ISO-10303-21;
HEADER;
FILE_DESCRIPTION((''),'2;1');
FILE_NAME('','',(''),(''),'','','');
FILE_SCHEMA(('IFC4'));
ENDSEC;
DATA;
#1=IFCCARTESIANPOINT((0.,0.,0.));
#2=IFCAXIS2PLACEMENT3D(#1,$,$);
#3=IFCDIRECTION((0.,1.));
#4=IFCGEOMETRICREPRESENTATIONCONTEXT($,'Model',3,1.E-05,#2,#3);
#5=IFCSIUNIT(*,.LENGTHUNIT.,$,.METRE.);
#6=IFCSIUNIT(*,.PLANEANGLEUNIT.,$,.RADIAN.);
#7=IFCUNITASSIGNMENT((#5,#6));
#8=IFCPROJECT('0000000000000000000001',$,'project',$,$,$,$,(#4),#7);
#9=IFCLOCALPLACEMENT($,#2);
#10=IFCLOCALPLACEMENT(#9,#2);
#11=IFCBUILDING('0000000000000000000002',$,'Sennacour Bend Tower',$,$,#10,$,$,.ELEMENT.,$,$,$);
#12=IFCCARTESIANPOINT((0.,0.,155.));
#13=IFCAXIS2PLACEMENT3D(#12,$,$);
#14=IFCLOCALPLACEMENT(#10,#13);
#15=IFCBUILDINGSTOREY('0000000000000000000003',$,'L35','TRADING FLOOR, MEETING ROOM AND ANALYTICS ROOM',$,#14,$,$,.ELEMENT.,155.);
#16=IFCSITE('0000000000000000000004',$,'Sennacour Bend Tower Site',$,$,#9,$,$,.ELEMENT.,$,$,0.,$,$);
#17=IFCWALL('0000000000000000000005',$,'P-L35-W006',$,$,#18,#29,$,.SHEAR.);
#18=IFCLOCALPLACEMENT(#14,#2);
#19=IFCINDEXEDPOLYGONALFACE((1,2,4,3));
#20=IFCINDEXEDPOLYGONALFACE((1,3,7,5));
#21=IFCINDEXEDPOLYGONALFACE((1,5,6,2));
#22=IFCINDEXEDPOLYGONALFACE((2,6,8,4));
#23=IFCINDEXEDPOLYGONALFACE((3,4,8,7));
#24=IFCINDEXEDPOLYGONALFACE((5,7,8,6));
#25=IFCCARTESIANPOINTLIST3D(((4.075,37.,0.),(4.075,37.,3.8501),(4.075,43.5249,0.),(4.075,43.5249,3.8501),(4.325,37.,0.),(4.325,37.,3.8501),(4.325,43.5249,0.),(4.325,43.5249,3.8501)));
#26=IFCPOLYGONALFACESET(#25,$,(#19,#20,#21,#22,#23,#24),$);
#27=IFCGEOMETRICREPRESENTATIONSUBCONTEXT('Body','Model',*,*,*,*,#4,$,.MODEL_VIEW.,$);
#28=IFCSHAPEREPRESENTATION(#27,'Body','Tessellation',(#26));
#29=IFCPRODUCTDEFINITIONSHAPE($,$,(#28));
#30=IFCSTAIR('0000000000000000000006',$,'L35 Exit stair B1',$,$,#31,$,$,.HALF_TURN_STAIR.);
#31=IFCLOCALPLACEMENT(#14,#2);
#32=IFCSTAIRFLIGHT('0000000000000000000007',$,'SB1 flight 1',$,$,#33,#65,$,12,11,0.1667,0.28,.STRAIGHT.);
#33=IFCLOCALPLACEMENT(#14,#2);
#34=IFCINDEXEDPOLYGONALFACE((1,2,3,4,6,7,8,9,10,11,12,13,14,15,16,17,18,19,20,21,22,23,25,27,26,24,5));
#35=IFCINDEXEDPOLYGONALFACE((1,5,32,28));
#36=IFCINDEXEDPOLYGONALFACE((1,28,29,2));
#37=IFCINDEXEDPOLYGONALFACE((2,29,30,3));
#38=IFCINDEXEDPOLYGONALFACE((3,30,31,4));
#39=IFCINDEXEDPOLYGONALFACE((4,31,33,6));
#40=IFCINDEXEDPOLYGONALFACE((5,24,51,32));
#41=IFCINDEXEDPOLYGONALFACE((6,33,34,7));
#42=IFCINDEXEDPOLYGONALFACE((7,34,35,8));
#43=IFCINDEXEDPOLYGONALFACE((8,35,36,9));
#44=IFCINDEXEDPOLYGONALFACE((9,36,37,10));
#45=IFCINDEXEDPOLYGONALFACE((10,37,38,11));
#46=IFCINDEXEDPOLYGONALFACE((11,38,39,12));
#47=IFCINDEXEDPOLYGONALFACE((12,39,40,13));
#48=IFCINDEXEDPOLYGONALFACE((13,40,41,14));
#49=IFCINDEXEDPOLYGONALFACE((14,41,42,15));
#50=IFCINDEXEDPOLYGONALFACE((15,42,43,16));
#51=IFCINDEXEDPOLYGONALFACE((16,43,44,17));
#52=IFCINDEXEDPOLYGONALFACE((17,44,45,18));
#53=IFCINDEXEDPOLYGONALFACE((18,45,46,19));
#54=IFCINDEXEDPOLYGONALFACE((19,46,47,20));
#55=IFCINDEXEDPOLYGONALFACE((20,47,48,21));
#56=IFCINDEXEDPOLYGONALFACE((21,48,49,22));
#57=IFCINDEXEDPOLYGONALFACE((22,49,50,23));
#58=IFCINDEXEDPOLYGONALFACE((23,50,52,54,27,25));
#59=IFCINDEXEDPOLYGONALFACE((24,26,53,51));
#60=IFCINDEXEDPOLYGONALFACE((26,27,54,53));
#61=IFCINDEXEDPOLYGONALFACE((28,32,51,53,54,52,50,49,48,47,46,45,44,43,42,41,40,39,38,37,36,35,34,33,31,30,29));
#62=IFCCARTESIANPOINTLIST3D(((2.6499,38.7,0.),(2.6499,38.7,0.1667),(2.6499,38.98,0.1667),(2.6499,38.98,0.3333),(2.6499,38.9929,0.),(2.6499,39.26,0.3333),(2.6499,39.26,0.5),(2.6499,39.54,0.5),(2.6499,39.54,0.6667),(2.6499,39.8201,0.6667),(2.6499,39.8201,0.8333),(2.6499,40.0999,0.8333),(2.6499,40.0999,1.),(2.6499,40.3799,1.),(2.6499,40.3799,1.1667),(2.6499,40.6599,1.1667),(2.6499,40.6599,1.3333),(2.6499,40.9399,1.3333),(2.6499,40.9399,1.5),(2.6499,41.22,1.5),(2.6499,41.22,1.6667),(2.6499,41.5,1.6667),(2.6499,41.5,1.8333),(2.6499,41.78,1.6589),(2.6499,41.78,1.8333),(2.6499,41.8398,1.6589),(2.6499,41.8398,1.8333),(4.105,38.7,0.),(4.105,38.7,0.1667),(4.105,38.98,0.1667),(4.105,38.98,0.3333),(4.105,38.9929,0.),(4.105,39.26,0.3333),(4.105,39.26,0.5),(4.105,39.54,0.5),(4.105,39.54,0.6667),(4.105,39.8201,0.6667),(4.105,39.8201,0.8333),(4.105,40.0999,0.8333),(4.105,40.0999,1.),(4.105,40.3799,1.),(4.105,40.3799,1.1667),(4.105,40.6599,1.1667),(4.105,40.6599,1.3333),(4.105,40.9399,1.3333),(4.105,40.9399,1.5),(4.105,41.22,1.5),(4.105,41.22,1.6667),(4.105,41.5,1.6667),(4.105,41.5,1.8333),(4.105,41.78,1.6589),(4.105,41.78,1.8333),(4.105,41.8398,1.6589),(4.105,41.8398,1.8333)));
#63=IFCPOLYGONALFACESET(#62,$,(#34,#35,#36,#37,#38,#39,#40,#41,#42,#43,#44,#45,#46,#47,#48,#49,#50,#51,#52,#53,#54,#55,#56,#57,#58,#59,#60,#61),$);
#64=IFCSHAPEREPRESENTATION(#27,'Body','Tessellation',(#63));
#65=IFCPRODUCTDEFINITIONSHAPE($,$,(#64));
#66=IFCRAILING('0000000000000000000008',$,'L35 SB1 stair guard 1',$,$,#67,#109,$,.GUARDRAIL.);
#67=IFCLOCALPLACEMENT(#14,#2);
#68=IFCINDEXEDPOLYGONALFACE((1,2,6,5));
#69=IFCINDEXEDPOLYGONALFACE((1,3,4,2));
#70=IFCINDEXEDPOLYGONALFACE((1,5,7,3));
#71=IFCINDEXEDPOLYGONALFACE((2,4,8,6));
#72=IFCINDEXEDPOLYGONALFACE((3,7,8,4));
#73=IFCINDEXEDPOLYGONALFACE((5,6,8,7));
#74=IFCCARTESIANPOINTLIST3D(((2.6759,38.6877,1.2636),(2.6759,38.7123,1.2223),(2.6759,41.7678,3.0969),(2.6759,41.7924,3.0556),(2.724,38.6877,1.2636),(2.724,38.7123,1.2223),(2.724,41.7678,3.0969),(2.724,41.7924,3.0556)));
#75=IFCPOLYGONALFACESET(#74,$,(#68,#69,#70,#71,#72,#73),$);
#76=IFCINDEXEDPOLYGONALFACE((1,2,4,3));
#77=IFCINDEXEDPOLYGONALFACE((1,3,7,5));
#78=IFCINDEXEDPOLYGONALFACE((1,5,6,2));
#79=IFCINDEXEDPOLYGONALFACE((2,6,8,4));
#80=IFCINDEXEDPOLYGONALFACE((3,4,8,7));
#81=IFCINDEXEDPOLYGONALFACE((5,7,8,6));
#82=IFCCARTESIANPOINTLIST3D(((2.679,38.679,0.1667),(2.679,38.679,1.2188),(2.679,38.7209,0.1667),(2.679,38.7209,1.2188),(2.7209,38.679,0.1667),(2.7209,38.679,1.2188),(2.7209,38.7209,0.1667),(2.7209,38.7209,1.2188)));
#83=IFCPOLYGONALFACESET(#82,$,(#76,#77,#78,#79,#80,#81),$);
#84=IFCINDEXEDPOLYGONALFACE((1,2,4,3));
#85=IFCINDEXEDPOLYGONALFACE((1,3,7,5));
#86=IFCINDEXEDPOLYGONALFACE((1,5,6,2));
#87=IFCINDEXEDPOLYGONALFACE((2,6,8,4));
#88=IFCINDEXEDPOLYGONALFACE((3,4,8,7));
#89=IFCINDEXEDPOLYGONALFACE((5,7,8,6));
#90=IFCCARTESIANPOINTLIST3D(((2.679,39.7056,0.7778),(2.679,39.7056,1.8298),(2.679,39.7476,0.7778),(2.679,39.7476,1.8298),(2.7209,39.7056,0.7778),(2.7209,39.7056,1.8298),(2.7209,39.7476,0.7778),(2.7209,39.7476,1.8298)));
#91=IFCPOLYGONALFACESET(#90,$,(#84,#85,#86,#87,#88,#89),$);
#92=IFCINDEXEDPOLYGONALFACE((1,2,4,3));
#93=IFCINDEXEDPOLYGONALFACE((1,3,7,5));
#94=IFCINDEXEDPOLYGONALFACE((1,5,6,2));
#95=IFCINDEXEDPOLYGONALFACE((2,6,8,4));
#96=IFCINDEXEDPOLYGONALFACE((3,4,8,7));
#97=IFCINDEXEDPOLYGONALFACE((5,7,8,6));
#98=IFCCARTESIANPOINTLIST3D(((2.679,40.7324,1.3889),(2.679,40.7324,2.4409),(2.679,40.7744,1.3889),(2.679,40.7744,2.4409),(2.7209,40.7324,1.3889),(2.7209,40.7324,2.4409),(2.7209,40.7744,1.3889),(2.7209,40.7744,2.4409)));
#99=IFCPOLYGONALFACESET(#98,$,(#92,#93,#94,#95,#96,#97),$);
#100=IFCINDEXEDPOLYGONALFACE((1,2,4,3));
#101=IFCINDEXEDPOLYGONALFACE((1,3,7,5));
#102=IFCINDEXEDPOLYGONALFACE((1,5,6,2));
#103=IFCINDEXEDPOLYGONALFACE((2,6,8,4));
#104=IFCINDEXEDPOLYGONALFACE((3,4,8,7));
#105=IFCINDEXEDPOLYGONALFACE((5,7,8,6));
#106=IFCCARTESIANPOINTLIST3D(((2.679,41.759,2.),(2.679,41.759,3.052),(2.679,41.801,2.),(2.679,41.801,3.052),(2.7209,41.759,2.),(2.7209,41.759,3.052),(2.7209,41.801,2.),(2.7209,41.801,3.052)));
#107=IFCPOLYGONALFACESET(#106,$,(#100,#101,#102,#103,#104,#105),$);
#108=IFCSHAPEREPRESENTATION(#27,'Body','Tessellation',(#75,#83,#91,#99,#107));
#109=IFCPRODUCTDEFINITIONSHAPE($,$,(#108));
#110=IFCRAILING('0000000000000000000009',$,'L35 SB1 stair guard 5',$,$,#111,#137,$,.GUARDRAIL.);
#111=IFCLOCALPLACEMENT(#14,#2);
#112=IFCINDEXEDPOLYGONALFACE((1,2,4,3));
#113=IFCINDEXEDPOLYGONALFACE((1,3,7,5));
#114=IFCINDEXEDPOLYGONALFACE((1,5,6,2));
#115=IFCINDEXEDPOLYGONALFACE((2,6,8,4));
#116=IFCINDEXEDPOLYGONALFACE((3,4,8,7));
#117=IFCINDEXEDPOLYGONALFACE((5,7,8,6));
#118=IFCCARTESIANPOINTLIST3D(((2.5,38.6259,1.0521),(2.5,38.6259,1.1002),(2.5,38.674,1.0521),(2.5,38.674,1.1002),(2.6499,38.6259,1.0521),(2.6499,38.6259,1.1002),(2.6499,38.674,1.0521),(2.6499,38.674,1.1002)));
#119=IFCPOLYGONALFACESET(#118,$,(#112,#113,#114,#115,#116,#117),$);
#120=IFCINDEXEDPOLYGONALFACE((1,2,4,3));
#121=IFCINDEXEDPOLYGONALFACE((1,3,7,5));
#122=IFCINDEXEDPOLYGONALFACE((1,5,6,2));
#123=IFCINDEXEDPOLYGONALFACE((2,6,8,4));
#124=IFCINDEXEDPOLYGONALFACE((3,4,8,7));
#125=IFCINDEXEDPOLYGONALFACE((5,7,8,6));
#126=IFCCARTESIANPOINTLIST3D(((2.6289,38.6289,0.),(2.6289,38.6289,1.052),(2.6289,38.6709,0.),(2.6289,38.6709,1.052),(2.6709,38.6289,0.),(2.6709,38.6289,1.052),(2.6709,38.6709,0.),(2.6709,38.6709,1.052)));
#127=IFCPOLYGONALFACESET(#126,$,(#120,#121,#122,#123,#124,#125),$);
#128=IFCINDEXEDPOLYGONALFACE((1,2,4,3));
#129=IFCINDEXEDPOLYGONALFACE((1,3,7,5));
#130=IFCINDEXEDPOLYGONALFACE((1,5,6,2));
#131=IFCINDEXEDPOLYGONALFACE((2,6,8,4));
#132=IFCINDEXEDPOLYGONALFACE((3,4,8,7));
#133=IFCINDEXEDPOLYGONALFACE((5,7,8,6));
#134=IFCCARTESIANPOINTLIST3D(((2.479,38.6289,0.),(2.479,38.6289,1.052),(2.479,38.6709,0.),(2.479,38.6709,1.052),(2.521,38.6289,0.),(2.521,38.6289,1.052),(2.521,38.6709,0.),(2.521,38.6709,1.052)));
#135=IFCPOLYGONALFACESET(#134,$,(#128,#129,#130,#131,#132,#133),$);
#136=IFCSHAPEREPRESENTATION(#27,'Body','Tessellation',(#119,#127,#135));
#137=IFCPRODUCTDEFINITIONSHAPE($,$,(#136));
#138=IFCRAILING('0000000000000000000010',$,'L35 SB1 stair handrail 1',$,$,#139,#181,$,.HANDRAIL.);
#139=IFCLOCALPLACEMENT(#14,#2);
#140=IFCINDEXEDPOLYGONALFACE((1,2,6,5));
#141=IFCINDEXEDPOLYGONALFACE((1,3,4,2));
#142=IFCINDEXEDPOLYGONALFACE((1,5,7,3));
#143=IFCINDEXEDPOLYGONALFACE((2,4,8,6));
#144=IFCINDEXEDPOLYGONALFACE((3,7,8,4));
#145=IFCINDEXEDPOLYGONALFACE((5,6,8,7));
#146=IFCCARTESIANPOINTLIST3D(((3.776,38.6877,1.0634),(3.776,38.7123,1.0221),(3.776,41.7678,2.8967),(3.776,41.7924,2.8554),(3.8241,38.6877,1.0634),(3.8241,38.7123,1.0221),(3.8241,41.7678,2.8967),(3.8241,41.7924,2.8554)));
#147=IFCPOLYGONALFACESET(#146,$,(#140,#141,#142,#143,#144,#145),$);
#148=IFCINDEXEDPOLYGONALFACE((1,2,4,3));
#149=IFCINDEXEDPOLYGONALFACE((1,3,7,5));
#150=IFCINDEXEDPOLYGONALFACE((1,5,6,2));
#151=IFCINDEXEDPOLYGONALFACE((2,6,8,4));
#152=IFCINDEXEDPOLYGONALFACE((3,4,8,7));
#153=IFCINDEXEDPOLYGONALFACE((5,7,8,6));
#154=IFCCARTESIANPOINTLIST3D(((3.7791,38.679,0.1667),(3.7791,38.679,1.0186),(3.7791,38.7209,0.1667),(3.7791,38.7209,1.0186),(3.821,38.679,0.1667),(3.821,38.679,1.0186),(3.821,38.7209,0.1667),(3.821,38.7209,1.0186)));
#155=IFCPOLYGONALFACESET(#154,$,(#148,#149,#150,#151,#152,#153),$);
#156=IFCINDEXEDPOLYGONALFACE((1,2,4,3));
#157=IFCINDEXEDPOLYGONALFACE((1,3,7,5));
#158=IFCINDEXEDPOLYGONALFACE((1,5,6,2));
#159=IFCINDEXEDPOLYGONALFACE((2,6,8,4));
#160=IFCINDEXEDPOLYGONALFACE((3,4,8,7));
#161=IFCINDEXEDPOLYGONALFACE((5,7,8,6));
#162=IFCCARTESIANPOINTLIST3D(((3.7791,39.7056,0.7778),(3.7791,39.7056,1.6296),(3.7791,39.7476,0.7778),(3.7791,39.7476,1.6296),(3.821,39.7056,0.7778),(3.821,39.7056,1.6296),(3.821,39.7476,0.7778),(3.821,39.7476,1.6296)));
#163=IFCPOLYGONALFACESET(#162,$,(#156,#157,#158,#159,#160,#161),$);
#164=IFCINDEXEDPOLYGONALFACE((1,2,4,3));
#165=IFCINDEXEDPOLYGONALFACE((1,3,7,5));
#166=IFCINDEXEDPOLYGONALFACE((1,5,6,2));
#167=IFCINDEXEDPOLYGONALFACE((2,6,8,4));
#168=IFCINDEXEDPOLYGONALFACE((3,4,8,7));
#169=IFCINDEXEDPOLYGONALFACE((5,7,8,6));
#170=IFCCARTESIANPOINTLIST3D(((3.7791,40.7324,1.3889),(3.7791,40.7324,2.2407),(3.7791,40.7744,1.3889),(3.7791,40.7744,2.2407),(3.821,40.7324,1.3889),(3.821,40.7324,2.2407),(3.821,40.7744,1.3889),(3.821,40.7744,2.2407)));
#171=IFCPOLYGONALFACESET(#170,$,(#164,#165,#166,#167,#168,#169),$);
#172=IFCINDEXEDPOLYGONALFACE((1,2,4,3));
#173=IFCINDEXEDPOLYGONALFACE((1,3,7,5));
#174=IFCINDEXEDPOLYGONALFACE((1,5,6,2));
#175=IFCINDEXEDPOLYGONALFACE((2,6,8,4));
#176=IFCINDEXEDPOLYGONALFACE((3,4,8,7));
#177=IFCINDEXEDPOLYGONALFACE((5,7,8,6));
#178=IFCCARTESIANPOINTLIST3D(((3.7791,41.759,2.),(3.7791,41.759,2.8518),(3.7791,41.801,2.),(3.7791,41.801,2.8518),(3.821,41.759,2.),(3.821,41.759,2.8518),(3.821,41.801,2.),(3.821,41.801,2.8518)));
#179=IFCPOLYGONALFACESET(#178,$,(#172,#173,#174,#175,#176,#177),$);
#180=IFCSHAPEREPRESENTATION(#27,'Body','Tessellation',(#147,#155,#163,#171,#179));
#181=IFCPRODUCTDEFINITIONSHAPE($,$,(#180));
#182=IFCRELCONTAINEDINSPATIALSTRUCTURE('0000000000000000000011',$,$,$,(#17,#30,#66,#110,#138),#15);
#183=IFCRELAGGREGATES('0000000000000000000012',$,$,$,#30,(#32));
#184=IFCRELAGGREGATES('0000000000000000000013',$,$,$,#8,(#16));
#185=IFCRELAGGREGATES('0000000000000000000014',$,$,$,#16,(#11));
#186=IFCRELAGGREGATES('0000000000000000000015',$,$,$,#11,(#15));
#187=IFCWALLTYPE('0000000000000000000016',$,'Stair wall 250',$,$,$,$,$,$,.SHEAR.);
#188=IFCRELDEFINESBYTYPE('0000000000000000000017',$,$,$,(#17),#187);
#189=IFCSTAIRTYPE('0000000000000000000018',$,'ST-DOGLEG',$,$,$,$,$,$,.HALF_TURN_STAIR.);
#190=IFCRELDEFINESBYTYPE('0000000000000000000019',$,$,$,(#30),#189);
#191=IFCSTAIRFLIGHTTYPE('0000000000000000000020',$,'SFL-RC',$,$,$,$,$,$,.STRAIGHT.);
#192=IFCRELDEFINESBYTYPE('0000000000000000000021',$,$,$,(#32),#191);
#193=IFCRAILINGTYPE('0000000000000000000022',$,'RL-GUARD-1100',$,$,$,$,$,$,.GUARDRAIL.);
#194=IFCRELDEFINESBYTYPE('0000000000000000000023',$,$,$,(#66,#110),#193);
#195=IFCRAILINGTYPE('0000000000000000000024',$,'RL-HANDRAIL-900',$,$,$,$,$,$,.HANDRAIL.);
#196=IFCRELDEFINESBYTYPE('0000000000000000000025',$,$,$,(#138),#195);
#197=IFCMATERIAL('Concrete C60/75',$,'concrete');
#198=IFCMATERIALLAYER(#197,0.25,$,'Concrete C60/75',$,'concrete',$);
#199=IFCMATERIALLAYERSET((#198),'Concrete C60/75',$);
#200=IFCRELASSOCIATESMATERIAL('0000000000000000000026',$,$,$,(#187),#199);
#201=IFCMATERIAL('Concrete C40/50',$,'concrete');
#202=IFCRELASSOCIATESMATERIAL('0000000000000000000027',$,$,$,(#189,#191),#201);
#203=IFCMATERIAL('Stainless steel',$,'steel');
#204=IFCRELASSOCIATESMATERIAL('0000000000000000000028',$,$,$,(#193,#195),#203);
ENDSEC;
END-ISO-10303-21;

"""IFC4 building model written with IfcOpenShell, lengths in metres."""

from ifc_helpers import new_model, si_unit, direction, frame, frame_2d, origin, origin_2d, place, context, subcontext, project, spatial, polyline, rectangle, outline, extrude, material, layer, layer_set, type_object, element, aggregate, save


model = new_model("IFC4")

# Units and contexts
model_context = context("Model", 3, precision=1e-05, world=origin(), true_north=direction((0.0, 1.0)))
body_context = subcontext(model_context, "Body", "Model", "MODEL_VIEW")
ifc_project = project(units=[si_unit("LENGTHUNIT", "METRE"), si_unit("PLANEANGLEUNIT", "RADIAN")], contexts=[model_context])

# Site, building, storey
site_placement = place(None, origin())
site = spatial("IfcSite", under=ifc_project, at=site_placement, Name="Sennacour Bend Tower Site", CompositionType="ELEMENT", RefElevation=0.0)
building_placement = place(site_placement, origin())
building = spatial("IfcBuilding", under=site, at=building_placement, Name="Sennacour Bend Tower", CompositionType="ELEMENT")
storey_placement = place(building_placement, frame((0.0, 0.0, 155.0)))
storey = spatial("IfcBuildingStorey", under=building, at=storey_placement, Name="L35", Description="TRADING FLOOR, MEETING ROOM AND ANALYTICS ROOM", CompositionType="ELEMENT", Elevation=155.0)

# Shared definitions
ifc_material_1 = material(Name="Concrete C60/75", Category="concrete")

# Shared definitions
ifc_material_2 = material(Name="Stainless steel", Category="steel")

# Wall
ifc_layer_1 = layer(ifc_material_1, 0.25, Name="Concrete C60/75", Category="concrete")
ifc_layer_set_1 = layer_set([ifc_layer_1], Name="Concrete C60/75")
wall_type_1 = type_object("IfcWallType", Name="Stair wall 250", PredefinedType="SHEAR", material=ifc_layer_set_1)
wall_1_placement = place(storey_placement, frame((4.2, 37.0, 0.0), z_axis=(0.0, 0.0, 1.0), x_axis=(0.0, 1.0, 0.0)))
element("IfcWall", 1, at=wall_1_placement, inside=storey, type_object=wall_type_1, Name="P-L35-W006", PredefinedType="SHEAR", context=body_context, shape_type="SweptSolid", body=[
    extrude(rectangle(XDim=6.5249, YDim=0.25, at=frame_2d((3.2625, 0.0))), origin(), (0.0, 0.0, 1.0), 3.8501),
])

# Stair, stair flight
ifc_material_3 = material(Name="Concrete C40/50", Category="concrete")
stair_type = type_object("IfcStairType", Name="ST-DOGLEG", PredefinedType="HALF_TURN_STAIR", material=ifc_material_3)
stair_placement = place(storey_placement, origin())
stair = element("IfcStair", 2, at=stair_placement, inside=storey, type_object=stair_type, Name="L35 Exit stair B1", PredefinedType="HALF_TURN_STAIR")
stair_flight_type = type_object("IfcStairFlightType", Name="SFL-RC", PredefinedType="STRAIGHT", material=ifc_material_3)
stair_flight_placement = place(storey_placement, frame((3.3774, 38.7, 0.0), z_axis=(0.0, 0.0, 1.0), x_axis=(0.0, 1.0, 0.0)))
stair_flight = element("IfcStairFlight", 3, at=stair_flight_placement, type_object=stair_flight_type, Name="SB1 flight 1", NumberOfRisers=12, NumberOfTreads=11, PredefinedType="STRAIGHT", RiserHeight=0.1667, TreadLength=0.28, context=body_context, shape_type="SweptSolid", body=[
    extrude(outline(polyline([(0.0, 0.0), (0.0, 0.1667), (0.28, 0.1667), (0.28, 0.3333), (0.5601, 0.3333), (0.5601, 0.5), (0.8401, 0.5), (0.8401, 0.6667), (1.1201, 0.6667), (1.1201, 0.8333), (1.3999, 0.8333), (1.3999, 1.0), (1.6799, 1.0), (1.6799, 1.1667), (1.96, 1.1667), (1.96, 1.3333), (2.24, 1.3333), (2.24, 1.5), (2.52, 1.5), (2.52, 1.6667), (2.8, 1.6667), (2.8, 1.8333), (3.0801, 1.8333), (3.1399, 1.8333), (3.1399, 1.6589), (3.0801, 1.6589), (0.293, 0.0), (0.0, 0.0)])), frame((0.0, 0.7275, 0.0), z_axis=(0.0, -1.0, 0.0), x_axis=(1.0, 0.0, 0.0)), (0.0, 0.0, 1.0), 1.4551),
])
aggregate(stair, [stair_flight])

# Railings
railing_type_1 = type_object("IfcRailingType", Name="RL-GUARD-1100", PredefinedType="GUARDRAIL", material=ifc_material_2)
railing_1_placement = place(storey_placement, frame((2.7, 38.7, 0.1667)))
element("IfcRailing", 4, at=railing_1_placement, inside=storey, type_object=railing_type_1, Name="L35 SB1 stair guard 1", PredefinedType="GUARDRAIL", context=body_context, shape_type="SweptSolid", body=[
    extrude(rectangle(XDim=0.0481, YDim=0.0481, at=origin_2d()), frame((0.0, 0.0, 1.0762), z_axis=(0.0, 0.859309, 0.511458), x_axis=(-1.0, 0.0, 0.0)), (0.0, 0.0, 1.0), 3.5845),
    extrude(rectangle(XDim=0.042, YDim=0.042, at=origin_2d()), origin(), (0.0, 0.0, 1.0), 1.052),
    extrude(rectangle(XDim=0.042, YDim=0.042, at=origin_2d()), frame((0.0, 1.0266, 0.6111)), (0.0, 0.0, 1.0), 1.052),
    extrude(rectangle(XDim=0.042, YDim=0.042, at=origin_2d()), frame((0.0, 2.0535, 1.2222)), (0.0, 0.0, 1.0), 1.052),
    extrude(rectangle(XDim=0.042, YDim=0.042, at=origin_2d()), frame((0.0, 3.0801, 1.8333)), (0.0, 0.0, 1.0), 1.052),
])
railing_2_placement = place(storey_placement, frame((2.6499, 38.6499, 0.0)))
element("IfcRailing", 5, at=railing_2_placement, inside=storey, type_object=railing_type_1, Name="L35 SB1 stair guard 5", PredefinedType="GUARDRAIL", context=body_context, shape_type="SweptSolid", body=[
    extrude(rectangle(XDim=0.0481, YDim=0.0481, at=origin_2d()), frame((0.0, 0.0, 1.0762), z_axis=(-1.0, 0.0, 0.0), x_axis=(0.0, -1.0, 0.0)), (0.0, 0.0, 1.0), 0.1499),
    extrude(rectangle(XDim=0.042, YDim=0.042, at=origin_2d()), origin(), (0.0, 0.0, 1.0), 1.052),
    extrude(rectangle(XDim=0.042, YDim=0.042, at=origin_2d()), frame((-0.1499, 0.0, 0.0)), (0.0, 0.0, 1.0), 1.052),
])
railing_type_2 = type_object("IfcRailingType", Name="RL-HANDRAIL-900", PredefinedType="HANDRAIL", material=ifc_material_2)
railing_3_placement = place(storey_placement, frame((3.8, 38.7, 0.1667)))
element("IfcRailing", 6, at=railing_3_placement, inside=storey, type_object=railing_type_2, Name="L35 SB1 stair handrail 1", PredefinedType="HANDRAIL", context=body_context, shape_type="SweptSolid", body=[
    extrude(rectangle(XDim=0.0481, YDim=0.0481, at=origin_2d()), frame((0.0, 0.0, 0.876), z_axis=(0.0, 0.859309, 0.511458), x_axis=(-1.0, 0.0, 0.0)), (0.0, 0.0, 1.0), 3.5845),
    extrude(rectangle(XDim=0.042, YDim=0.042, at=origin_2d()), origin(), (0.0, 0.0, 1.0), 0.8518),
    extrude(rectangle(XDim=0.042, YDim=0.042, at=origin_2d()), frame((0.0, 1.0266, 0.6111)), (0.0, 0.0, 1.0), 0.8518),
    extrude(rectangle(XDim=0.042, YDim=0.042, at=origin_2d()), frame((0.0, 2.0535, 1.2222)), (0.0, 0.0, 1.0), 0.8518),
    extrude(rectangle(XDim=0.042, YDim=0.042, at=origin_2d()), frame((0.0, 3.0801, 1.8333)), (0.0, 0.0, 1.0), 0.8518),
])

save(model, "model.ifc")
